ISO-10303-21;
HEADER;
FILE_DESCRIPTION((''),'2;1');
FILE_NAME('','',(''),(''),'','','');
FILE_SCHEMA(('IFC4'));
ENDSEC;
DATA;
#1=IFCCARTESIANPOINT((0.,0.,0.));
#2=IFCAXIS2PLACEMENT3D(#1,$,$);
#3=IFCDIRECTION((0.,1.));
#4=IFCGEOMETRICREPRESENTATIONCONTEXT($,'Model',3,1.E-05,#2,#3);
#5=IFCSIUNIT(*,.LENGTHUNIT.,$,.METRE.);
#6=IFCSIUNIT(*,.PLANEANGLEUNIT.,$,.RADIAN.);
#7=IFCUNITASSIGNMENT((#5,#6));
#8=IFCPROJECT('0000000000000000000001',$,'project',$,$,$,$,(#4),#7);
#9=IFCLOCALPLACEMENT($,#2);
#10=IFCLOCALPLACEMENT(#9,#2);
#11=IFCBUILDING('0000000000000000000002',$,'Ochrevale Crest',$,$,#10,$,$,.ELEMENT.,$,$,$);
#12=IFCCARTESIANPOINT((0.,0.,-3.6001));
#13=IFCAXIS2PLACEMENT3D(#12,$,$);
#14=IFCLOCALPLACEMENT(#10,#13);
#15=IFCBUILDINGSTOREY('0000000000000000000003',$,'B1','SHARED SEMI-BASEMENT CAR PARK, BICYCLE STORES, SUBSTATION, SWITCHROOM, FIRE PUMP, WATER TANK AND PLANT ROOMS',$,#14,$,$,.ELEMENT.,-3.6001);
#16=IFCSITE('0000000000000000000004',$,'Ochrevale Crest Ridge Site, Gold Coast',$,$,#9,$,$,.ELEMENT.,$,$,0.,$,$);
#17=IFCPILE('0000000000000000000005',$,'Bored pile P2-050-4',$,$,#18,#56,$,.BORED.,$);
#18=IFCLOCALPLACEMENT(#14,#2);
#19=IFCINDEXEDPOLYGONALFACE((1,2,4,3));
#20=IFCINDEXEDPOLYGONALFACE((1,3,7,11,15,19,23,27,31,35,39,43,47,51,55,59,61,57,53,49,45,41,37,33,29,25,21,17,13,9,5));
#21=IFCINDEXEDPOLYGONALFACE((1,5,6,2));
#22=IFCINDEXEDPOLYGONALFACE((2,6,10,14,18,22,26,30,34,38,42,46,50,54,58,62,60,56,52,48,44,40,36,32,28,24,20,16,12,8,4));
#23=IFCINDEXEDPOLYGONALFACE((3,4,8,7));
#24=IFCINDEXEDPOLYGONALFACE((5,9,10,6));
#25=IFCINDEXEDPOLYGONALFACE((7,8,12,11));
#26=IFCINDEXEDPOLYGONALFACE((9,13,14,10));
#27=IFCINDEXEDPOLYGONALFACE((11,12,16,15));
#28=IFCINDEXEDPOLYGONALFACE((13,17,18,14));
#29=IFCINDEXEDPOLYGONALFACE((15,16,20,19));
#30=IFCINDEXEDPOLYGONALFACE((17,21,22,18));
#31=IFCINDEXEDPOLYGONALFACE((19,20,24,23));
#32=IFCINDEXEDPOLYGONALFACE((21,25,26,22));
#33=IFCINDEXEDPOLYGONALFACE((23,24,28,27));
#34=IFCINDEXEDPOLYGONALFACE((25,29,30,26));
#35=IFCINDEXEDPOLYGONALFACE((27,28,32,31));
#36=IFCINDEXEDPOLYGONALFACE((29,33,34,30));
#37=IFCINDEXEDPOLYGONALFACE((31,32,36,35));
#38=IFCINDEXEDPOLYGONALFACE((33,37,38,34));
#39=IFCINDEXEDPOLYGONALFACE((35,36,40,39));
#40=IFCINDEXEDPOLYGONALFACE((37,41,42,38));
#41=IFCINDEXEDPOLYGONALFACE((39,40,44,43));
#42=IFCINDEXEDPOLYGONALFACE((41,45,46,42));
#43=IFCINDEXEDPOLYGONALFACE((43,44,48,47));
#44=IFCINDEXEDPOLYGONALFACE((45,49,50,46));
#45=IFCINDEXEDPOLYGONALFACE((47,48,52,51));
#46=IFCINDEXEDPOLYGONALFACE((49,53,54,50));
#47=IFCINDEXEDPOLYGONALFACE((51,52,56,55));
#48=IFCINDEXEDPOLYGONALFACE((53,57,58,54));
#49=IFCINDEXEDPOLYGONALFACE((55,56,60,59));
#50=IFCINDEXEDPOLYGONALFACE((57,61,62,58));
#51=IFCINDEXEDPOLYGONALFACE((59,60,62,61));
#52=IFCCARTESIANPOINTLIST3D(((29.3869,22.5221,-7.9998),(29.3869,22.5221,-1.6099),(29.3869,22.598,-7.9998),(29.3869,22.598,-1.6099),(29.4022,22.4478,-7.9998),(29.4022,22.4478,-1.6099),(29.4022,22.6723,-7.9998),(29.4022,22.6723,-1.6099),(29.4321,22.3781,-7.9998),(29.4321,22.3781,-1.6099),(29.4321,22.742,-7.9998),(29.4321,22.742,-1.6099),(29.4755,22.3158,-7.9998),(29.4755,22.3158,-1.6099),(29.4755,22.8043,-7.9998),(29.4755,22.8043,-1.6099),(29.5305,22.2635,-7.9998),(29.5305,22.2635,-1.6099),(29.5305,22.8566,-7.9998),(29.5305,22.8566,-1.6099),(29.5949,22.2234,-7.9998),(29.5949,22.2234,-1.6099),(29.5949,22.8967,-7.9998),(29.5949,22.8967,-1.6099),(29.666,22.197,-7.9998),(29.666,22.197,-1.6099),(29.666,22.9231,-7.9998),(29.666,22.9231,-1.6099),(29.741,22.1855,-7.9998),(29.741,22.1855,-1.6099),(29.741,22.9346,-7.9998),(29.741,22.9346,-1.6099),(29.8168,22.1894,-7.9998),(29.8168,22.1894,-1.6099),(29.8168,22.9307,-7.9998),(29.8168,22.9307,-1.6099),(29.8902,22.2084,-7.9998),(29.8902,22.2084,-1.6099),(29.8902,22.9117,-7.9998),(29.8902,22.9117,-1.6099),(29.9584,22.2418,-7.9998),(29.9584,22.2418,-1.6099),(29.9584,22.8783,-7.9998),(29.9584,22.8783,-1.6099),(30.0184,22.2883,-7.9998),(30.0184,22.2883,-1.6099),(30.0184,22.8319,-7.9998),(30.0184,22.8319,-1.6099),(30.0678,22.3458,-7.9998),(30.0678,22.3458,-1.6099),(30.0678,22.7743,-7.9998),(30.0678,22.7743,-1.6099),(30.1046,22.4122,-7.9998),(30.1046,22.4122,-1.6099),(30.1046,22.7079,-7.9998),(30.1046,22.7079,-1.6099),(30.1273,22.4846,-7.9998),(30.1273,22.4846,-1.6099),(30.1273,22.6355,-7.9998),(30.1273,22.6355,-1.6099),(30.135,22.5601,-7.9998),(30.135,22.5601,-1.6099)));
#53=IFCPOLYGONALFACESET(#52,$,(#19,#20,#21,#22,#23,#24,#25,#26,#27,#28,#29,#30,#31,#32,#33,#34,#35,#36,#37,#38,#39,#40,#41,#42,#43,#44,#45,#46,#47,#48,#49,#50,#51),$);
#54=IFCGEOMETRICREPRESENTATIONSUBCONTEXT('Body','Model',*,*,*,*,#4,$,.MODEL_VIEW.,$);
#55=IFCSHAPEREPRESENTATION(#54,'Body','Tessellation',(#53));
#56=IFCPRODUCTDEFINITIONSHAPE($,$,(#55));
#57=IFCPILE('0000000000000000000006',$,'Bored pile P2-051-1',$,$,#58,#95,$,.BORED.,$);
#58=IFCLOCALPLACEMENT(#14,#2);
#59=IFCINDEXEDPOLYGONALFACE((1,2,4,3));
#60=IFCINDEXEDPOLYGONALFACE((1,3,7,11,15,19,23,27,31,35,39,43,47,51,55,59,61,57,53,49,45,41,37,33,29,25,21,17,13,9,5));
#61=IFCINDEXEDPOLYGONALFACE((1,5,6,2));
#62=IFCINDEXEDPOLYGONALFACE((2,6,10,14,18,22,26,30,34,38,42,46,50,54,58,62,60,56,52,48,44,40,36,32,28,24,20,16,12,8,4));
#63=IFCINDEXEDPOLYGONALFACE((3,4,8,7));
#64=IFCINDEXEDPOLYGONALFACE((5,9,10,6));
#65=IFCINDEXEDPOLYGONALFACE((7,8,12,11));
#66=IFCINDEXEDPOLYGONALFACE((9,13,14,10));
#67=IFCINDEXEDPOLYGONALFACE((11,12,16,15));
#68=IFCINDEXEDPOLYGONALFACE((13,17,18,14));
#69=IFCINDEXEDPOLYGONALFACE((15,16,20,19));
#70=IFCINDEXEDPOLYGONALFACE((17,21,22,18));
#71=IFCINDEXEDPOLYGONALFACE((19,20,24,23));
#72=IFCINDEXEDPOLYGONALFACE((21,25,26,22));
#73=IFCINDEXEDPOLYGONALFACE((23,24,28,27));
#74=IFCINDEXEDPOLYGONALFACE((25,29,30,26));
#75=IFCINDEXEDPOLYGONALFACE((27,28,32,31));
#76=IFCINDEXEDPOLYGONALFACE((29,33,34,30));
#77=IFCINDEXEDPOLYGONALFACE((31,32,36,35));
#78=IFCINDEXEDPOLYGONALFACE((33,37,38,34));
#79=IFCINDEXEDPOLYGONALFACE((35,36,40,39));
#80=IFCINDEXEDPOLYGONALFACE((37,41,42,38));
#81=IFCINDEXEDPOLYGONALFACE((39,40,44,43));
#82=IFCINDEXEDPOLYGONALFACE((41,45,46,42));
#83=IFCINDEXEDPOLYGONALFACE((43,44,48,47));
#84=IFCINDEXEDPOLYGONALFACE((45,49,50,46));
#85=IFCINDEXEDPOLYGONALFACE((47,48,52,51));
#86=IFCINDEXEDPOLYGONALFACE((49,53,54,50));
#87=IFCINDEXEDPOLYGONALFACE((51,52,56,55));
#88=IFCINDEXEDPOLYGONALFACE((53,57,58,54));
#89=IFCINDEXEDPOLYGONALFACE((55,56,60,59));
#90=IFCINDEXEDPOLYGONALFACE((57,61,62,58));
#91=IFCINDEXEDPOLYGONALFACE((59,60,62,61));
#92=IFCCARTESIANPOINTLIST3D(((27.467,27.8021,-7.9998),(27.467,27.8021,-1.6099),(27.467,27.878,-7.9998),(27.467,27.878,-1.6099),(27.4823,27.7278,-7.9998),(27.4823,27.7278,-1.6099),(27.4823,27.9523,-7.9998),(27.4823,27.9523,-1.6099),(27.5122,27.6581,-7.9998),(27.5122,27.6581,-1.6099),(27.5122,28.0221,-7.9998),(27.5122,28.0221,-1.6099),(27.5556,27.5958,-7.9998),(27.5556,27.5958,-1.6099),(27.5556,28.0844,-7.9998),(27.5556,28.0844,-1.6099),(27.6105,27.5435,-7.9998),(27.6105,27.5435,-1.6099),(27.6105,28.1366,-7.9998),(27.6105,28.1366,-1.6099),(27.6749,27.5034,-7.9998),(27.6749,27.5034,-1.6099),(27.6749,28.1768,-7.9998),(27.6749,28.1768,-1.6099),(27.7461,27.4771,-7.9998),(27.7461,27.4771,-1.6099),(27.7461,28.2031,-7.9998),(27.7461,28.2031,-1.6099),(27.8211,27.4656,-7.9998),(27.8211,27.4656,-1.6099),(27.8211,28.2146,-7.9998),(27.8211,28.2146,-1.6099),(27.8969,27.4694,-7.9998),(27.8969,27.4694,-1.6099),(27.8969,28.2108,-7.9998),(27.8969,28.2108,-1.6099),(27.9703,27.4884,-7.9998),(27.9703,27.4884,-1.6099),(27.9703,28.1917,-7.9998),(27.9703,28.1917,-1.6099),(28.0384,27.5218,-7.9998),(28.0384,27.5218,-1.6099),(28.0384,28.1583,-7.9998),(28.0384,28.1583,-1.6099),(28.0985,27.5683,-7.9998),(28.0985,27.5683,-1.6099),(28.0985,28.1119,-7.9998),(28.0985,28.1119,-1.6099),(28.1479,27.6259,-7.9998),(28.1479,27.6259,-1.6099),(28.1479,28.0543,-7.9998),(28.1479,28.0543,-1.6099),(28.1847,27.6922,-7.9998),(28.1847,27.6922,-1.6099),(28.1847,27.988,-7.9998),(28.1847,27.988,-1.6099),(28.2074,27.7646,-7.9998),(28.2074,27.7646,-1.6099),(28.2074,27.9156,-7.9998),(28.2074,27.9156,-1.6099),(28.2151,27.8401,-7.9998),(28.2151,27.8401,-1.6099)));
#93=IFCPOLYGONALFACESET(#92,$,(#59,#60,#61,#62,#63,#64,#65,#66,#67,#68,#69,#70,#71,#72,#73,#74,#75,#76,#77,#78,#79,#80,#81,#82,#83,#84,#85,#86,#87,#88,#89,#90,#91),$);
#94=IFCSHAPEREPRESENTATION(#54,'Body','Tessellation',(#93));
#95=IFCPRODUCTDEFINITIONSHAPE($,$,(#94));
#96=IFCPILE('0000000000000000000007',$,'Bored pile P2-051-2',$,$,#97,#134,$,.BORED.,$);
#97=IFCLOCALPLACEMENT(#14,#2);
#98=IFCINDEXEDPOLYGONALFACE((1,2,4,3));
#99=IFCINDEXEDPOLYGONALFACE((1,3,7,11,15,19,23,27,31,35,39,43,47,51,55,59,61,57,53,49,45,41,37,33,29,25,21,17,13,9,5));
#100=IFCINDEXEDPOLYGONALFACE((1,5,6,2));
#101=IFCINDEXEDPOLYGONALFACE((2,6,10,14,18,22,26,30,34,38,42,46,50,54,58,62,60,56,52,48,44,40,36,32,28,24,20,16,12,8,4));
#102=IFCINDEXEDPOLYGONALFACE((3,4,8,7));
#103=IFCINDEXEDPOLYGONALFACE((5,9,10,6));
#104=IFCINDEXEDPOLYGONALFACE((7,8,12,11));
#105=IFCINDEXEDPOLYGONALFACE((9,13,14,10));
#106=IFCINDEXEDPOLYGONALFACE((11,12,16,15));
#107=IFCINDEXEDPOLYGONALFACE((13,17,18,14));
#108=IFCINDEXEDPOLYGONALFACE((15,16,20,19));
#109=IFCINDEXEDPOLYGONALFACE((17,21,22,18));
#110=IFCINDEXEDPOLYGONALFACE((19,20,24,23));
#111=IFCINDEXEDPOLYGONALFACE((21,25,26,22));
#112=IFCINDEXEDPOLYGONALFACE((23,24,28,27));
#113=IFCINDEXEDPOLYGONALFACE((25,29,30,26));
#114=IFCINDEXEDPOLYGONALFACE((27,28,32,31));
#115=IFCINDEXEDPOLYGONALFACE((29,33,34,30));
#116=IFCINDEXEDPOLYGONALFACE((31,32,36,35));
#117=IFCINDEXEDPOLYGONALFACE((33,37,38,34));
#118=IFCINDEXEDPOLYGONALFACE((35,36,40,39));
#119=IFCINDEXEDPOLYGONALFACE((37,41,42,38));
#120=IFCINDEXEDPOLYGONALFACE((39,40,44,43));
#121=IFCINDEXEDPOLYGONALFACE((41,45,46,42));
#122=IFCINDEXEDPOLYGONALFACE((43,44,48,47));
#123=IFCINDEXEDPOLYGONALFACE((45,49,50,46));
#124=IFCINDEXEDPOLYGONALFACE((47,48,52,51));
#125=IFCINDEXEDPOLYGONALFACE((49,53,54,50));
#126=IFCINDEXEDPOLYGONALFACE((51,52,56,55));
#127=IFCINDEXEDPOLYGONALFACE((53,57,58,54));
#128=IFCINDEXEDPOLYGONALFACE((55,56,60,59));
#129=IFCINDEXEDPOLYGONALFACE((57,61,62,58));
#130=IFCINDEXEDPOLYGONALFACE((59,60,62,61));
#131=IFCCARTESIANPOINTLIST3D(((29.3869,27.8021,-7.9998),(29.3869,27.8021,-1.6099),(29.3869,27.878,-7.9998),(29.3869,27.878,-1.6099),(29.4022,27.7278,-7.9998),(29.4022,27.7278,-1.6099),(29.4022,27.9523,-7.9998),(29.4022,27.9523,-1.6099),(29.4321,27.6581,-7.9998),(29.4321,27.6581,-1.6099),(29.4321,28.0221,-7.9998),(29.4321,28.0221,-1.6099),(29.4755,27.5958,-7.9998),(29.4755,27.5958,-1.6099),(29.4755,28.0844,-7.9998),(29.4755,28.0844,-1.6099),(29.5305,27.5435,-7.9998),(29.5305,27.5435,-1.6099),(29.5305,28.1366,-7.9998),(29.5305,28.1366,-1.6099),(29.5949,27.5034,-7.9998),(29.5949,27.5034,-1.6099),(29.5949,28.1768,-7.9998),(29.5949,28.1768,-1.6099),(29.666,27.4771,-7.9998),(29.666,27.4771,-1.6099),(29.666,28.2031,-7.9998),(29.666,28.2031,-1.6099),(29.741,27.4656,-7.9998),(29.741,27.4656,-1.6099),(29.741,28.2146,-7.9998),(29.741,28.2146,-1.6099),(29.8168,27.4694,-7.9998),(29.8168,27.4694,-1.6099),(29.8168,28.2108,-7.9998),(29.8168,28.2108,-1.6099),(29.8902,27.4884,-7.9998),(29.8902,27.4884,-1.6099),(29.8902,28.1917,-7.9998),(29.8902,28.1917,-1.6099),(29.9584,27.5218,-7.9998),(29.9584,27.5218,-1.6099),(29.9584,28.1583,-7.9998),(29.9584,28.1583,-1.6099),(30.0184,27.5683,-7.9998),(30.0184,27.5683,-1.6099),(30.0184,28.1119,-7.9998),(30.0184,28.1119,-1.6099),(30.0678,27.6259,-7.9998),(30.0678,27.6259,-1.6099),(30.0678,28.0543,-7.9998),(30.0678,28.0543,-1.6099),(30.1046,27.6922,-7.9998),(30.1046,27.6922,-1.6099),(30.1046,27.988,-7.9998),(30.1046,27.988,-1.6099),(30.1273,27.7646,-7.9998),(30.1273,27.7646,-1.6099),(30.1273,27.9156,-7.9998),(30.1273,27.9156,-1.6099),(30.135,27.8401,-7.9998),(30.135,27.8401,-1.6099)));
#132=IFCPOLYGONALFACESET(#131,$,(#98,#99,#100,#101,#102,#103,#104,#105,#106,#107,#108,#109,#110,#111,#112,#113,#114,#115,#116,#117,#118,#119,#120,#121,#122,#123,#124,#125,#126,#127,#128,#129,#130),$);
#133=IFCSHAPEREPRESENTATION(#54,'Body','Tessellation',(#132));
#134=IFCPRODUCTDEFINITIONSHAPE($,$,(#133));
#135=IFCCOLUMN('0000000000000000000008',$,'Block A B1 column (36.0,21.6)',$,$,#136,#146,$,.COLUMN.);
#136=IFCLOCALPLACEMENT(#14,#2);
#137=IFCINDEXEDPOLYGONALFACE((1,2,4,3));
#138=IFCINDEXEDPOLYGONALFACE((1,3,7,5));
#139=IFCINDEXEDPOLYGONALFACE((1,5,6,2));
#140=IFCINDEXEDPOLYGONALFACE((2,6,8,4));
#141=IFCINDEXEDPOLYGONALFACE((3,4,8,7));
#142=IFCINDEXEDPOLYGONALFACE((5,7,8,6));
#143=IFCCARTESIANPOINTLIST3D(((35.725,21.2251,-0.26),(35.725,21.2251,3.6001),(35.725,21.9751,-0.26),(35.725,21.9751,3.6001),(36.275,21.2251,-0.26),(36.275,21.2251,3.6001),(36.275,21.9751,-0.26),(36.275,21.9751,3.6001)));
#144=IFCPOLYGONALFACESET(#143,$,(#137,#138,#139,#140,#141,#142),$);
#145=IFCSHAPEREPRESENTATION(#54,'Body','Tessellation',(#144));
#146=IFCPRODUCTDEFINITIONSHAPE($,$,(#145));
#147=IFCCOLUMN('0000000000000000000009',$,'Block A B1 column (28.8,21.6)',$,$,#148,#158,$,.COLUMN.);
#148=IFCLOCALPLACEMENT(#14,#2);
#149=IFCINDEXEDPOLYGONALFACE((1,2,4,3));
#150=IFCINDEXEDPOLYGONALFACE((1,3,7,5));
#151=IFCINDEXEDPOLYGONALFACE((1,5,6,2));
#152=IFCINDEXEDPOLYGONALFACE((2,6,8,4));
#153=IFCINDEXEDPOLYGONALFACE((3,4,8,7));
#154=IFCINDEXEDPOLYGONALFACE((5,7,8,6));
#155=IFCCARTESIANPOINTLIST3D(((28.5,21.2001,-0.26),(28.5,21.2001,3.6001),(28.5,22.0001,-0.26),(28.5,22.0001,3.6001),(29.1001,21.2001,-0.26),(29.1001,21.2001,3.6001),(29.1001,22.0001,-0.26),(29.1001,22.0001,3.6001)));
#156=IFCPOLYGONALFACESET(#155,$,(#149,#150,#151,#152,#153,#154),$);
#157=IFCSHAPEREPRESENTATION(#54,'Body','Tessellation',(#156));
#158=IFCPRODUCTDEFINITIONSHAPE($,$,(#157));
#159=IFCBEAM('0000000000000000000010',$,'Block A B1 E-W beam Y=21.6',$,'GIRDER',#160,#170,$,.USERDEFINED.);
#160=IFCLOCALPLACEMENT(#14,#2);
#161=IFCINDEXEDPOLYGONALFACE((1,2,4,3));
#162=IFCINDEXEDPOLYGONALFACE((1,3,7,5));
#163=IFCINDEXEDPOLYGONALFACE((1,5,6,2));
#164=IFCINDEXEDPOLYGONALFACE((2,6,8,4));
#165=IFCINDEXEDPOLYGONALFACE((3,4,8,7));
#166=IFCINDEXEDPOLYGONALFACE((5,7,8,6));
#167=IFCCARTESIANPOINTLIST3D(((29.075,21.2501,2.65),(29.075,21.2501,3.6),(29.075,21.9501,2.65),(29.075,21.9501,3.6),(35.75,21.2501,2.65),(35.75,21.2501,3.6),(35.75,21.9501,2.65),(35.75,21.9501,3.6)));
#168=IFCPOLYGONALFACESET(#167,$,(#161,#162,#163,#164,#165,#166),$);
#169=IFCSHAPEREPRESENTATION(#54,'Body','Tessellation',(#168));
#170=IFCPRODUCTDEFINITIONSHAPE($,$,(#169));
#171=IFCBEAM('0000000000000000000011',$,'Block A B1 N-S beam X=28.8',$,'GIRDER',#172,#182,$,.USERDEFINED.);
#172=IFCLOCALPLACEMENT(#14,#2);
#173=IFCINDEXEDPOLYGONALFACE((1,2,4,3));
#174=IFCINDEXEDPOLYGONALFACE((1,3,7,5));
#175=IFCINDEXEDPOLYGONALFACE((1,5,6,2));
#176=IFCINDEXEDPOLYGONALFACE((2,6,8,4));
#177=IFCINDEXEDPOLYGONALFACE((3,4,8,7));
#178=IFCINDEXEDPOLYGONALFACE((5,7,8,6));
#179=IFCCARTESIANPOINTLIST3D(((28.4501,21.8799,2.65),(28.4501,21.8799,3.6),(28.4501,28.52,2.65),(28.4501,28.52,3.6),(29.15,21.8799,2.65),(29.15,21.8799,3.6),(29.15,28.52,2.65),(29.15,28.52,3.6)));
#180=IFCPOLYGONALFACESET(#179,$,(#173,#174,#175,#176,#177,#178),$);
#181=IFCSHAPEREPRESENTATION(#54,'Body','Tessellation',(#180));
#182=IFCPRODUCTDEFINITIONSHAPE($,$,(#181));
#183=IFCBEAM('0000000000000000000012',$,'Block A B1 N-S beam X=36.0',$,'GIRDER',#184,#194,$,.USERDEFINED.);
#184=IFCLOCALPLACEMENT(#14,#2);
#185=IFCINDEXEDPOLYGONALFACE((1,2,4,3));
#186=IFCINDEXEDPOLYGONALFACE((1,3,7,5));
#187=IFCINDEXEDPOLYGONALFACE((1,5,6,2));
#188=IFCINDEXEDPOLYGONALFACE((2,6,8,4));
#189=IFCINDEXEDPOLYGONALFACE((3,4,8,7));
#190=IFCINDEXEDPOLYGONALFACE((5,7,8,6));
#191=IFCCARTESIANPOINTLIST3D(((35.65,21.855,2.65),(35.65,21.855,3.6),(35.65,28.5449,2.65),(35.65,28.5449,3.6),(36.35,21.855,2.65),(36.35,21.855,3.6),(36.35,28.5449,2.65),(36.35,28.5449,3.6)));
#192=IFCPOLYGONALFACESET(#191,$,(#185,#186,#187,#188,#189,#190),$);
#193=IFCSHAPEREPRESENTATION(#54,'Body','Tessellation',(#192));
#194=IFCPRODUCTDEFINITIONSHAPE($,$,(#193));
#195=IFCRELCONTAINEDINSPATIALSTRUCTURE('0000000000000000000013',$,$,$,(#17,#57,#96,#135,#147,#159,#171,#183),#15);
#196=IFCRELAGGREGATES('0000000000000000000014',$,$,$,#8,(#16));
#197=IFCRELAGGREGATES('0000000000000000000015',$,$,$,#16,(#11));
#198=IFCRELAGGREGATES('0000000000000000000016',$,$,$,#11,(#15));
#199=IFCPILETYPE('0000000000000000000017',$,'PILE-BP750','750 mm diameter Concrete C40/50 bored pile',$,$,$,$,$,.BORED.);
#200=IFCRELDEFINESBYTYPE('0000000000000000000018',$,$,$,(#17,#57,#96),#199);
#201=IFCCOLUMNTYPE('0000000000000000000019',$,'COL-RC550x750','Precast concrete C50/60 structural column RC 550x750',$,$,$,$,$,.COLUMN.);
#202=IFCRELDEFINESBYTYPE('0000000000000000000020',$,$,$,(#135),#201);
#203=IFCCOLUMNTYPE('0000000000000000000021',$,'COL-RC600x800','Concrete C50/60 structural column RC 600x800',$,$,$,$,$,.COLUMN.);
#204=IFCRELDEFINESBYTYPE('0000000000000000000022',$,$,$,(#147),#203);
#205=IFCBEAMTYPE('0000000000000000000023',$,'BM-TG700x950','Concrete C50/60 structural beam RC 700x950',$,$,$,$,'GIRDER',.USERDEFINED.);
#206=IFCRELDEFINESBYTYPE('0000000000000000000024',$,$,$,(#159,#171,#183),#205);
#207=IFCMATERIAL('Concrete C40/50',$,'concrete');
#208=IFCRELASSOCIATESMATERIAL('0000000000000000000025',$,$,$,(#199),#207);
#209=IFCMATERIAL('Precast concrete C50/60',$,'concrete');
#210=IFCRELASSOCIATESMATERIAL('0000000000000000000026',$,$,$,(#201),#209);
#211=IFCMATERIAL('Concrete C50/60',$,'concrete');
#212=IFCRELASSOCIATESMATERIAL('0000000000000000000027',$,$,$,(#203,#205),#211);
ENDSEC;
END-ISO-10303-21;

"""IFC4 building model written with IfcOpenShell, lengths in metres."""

from ifc_helpers import new_model, si_unit, direction, frame, origin, origin_2d, place, context, subcontext, project, spatial, rectangle, circle, extrude, material, material_profile, profile_set, type_object, element, save


model = new_model("IFC4")

# Units and contexts
model_context = context("Model", 3, precision=1e-05, world=origin(), true_north=direction((0.0, 1.0)))
body_context = subcontext(model_context, "Body", "Model", "MODEL_VIEW")
ifc_project = project(units=[si_unit("LENGTHUNIT", "METRE"), si_unit("PLANEANGLEUNIT", "RADIAN")], contexts=[model_context])

# Site, building, storey
site_placement = place(None, origin())
site = spatial("IfcSite", under=ifc_project, at=site_placement, Name="Ochrevale Crest Ridge Site, Gold Coast", CompositionType="ELEMENT", RefElevation=0.0)
building_placement = place(site_placement, origin())
building = spatial("IfcBuilding", under=site, at=building_placement, Name="Ochrevale Crest", CompositionType="ELEMENT")
storey_placement = place(building_placement, frame((0.0, 0.0, -3.6001)))
storey = spatial("IfcBuildingStorey", under=building, at=storey_placement, Name="B1", Description="SHARED SEMI-BASEMENT CAR PARK, BICYCLE STORES, SUBSTATION, SWITCHROOM, FIRE PUMP, WATER TANK AND PLANT ROOMS", CompositionType="ELEMENT", Elevation=-3.6001)

# Shared definitions
ifc_material_1 = material(Name="Concrete C40/50", Category="concrete")

# Piles
ifc_material_profile_1 = material_profile(ifc_material_1, circle(Radius=0.375, at=origin_2d()), Name="BORED PILE 750")
ifc_profile_set_1 = profile_set([ifc_material_profile_1], Name="Concrete C40/50")
pile_type_1 = type_object("IfcPileType", Name="PILE-BP750", Description="750 mm diameter Concrete C40/50 bored pile", PredefinedType="BORED", material=ifc_profile_set_1)
for number, where, z_axis, x_axis, name in (
    (1, (29.76, 22.5601, -1.6099), (0.0, 0.0, -1.0), (1.0, 0.0, 0.0), "Bored pile P2-050-4"),
    (2, (27.8401, 27.8401, -1.6099), (0.0, 0.0, -1.0), (1.0, 0.0, 0.0), "Bored pile P2-051-1"),
    (3, (29.76, 27.8401, -1.6099), (0.0, 0.0, -1.0), (1.0, 0.0, 0.0), "Bored pile P2-051-2"),
):
    element("IfcPile", number, at=place(storey_placement, frame(where, z_axis=z_axis, x_axis=x_axis)), inside=storey, type_object=pile_type_1, Name=name, PredefinedType="BORED", context=body_context, shape_type="SweptSolid", body=[
        extrude(circle(Radius=0.375, at=origin_2d()), origin(), (0.0, 0.0, 1.0), 6.3899),
    ])

# Columns
ifc_material_2 = material(Name="Precast concrete C50/60", Category="concrete")
ifc_material_profile_2 = material_profile(ifc_material_2, rectangle(XDim=0.55, YDim=0.75, at=origin_2d()), Name="RC 550x750")
ifc_profile_set_2 = profile_set([ifc_material_profile_2], Name="Precast concrete C50/60")
column_type_1 = type_object("IfcColumnType", Name="COL-RC550x750", Description="Precast concrete C50/60 structural column RC 550x750", PredefinedType="COLUMN", material=ifc_profile_set_2)
column_1_placement = place(storey_placement, frame((36.0, 21.6001, -0.26), z_axis=(0.0, 0.0, 1.0), x_axis=(1.0, 0.0, 0.0)))
element("IfcColumn", 4, at=column_1_placement, inside=storey, type_object=column_type_1, Name="Block A B1 column (36.0,21.6)", PredefinedType="COLUMN", context=body_context, shape_type="SweptSolid", body=[
    extrude(rectangle(XDim=0.55, YDim=0.75, at=origin_2d()), origin(), (0.0, 0.0, 1.0), 3.8601),
])
ifc_material_3 = material(Name="Concrete C50/60", Category="concrete")
ifc_material_profile_3 = material_profile(ifc_material_3, rectangle(XDim=0.6001, YDim=0.8, at=origin_2d()), Name="RC 600x800")
ifc_profile_set_3 = profile_set([ifc_material_profile_3], Name="Concrete C50/60")
column_type_2 = type_object("IfcColumnType", Name="COL-RC600x800", Description="Concrete C50/60 structural column RC 600x800", PredefinedType="COLUMN", material=ifc_profile_set_3)
column_2_placement = place(storey_placement, frame((28.8, 21.6001, -0.26), z_axis=(0.0, 0.0, 1.0), x_axis=(1.0, 0.0, 0.0)))
element("IfcColumn", 5, at=column_2_placement, inside=storey, type_object=column_type_2, Name="Block A B1 column (28.8,21.6)", PredefinedType="COLUMN", context=body_context, shape_type="SweptSolid", body=[
    extrude(rectangle(XDim=0.6001, YDim=0.8, at=origin_2d()), origin(), (0.0, 0.0, 1.0), 3.8601),
])

# Beams
ifc_material_profile_4 = material_profile(ifc_material_3, rectangle(XDim=0.7, YDim=0.95, at=origin_2d()), Name="RC 700x950")
ifc_profile_set_4 = profile_set([ifc_material_profile_4], Name="Concrete C50/60")
beam_type = type_object("IfcBeamType", Name="BM-TG700x950", Description="Concrete C50/60 structural beam RC 700x950", ElementType="GIRDER", PredefinedType="USERDEFINED", material=ifc_profile_set_4)
beam_1_placement = place(storey_placement, frame((29.075, 21.6001, 3.125), z_axis=(1.0, 0.0, 0.0), x_axis=(0.0, 1.0, 0.0)))
element("IfcBeam", 6, at=beam_1_placement, inside=storey, type_object=beam_type, Name="Block A B1 E-W beam Y=21.6", ObjectType="GIRDER", PredefinedType="USERDEFINED", context=body_context, shape_type="SweptSolid", body=[
    extrude(rectangle(XDim=0.7, YDim=0.95, at=origin_2d()), origin(), (0.0, 0.0, 1.0), 6.675),
])
beam_2_placement = place(storey_placement, frame((28.8, 21.8799, 3.125), z_axis=(0.0, 1.0, 0.0), x_axis=(-1.0, 0.0, 0.0)))
element("IfcBeam", 7, at=beam_2_placement, inside=storey, type_object=beam_type, Name="Block A B1 N-S beam X=28.8", ObjectType="GIRDER", PredefinedType="USERDEFINED", context=body_context, shape_type="SweptSolid", body=[
    extrude(rectangle(XDim=0.7, YDim=0.95, at=origin_2d()), origin(), (0.0, 0.0, 1.0), 6.6401),
])
beam_3_placement = place(storey_placement, frame((36.0, 21.855, 3.125), z_axis=(0.0, 1.0, 0.0), x_axis=(-1.0, 0.0, 0.0)))
element("IfcBeam", 8, at=beam_3_placement, inside=storey, type_object=beam_type, Name="Block A B1 N-S beam X=36.0", ObjectType="GIRDER", PredefinedType="USERDEFINED", context=body_context, shape_type="SweptSolid", body=[
    extrude(rectangle(XDim=0.7, YDim=0.95, at=origin_2d()), origin(), (0.0, 0.0, 1.0), 6.6899),
])

save(model, "model.ifc")
